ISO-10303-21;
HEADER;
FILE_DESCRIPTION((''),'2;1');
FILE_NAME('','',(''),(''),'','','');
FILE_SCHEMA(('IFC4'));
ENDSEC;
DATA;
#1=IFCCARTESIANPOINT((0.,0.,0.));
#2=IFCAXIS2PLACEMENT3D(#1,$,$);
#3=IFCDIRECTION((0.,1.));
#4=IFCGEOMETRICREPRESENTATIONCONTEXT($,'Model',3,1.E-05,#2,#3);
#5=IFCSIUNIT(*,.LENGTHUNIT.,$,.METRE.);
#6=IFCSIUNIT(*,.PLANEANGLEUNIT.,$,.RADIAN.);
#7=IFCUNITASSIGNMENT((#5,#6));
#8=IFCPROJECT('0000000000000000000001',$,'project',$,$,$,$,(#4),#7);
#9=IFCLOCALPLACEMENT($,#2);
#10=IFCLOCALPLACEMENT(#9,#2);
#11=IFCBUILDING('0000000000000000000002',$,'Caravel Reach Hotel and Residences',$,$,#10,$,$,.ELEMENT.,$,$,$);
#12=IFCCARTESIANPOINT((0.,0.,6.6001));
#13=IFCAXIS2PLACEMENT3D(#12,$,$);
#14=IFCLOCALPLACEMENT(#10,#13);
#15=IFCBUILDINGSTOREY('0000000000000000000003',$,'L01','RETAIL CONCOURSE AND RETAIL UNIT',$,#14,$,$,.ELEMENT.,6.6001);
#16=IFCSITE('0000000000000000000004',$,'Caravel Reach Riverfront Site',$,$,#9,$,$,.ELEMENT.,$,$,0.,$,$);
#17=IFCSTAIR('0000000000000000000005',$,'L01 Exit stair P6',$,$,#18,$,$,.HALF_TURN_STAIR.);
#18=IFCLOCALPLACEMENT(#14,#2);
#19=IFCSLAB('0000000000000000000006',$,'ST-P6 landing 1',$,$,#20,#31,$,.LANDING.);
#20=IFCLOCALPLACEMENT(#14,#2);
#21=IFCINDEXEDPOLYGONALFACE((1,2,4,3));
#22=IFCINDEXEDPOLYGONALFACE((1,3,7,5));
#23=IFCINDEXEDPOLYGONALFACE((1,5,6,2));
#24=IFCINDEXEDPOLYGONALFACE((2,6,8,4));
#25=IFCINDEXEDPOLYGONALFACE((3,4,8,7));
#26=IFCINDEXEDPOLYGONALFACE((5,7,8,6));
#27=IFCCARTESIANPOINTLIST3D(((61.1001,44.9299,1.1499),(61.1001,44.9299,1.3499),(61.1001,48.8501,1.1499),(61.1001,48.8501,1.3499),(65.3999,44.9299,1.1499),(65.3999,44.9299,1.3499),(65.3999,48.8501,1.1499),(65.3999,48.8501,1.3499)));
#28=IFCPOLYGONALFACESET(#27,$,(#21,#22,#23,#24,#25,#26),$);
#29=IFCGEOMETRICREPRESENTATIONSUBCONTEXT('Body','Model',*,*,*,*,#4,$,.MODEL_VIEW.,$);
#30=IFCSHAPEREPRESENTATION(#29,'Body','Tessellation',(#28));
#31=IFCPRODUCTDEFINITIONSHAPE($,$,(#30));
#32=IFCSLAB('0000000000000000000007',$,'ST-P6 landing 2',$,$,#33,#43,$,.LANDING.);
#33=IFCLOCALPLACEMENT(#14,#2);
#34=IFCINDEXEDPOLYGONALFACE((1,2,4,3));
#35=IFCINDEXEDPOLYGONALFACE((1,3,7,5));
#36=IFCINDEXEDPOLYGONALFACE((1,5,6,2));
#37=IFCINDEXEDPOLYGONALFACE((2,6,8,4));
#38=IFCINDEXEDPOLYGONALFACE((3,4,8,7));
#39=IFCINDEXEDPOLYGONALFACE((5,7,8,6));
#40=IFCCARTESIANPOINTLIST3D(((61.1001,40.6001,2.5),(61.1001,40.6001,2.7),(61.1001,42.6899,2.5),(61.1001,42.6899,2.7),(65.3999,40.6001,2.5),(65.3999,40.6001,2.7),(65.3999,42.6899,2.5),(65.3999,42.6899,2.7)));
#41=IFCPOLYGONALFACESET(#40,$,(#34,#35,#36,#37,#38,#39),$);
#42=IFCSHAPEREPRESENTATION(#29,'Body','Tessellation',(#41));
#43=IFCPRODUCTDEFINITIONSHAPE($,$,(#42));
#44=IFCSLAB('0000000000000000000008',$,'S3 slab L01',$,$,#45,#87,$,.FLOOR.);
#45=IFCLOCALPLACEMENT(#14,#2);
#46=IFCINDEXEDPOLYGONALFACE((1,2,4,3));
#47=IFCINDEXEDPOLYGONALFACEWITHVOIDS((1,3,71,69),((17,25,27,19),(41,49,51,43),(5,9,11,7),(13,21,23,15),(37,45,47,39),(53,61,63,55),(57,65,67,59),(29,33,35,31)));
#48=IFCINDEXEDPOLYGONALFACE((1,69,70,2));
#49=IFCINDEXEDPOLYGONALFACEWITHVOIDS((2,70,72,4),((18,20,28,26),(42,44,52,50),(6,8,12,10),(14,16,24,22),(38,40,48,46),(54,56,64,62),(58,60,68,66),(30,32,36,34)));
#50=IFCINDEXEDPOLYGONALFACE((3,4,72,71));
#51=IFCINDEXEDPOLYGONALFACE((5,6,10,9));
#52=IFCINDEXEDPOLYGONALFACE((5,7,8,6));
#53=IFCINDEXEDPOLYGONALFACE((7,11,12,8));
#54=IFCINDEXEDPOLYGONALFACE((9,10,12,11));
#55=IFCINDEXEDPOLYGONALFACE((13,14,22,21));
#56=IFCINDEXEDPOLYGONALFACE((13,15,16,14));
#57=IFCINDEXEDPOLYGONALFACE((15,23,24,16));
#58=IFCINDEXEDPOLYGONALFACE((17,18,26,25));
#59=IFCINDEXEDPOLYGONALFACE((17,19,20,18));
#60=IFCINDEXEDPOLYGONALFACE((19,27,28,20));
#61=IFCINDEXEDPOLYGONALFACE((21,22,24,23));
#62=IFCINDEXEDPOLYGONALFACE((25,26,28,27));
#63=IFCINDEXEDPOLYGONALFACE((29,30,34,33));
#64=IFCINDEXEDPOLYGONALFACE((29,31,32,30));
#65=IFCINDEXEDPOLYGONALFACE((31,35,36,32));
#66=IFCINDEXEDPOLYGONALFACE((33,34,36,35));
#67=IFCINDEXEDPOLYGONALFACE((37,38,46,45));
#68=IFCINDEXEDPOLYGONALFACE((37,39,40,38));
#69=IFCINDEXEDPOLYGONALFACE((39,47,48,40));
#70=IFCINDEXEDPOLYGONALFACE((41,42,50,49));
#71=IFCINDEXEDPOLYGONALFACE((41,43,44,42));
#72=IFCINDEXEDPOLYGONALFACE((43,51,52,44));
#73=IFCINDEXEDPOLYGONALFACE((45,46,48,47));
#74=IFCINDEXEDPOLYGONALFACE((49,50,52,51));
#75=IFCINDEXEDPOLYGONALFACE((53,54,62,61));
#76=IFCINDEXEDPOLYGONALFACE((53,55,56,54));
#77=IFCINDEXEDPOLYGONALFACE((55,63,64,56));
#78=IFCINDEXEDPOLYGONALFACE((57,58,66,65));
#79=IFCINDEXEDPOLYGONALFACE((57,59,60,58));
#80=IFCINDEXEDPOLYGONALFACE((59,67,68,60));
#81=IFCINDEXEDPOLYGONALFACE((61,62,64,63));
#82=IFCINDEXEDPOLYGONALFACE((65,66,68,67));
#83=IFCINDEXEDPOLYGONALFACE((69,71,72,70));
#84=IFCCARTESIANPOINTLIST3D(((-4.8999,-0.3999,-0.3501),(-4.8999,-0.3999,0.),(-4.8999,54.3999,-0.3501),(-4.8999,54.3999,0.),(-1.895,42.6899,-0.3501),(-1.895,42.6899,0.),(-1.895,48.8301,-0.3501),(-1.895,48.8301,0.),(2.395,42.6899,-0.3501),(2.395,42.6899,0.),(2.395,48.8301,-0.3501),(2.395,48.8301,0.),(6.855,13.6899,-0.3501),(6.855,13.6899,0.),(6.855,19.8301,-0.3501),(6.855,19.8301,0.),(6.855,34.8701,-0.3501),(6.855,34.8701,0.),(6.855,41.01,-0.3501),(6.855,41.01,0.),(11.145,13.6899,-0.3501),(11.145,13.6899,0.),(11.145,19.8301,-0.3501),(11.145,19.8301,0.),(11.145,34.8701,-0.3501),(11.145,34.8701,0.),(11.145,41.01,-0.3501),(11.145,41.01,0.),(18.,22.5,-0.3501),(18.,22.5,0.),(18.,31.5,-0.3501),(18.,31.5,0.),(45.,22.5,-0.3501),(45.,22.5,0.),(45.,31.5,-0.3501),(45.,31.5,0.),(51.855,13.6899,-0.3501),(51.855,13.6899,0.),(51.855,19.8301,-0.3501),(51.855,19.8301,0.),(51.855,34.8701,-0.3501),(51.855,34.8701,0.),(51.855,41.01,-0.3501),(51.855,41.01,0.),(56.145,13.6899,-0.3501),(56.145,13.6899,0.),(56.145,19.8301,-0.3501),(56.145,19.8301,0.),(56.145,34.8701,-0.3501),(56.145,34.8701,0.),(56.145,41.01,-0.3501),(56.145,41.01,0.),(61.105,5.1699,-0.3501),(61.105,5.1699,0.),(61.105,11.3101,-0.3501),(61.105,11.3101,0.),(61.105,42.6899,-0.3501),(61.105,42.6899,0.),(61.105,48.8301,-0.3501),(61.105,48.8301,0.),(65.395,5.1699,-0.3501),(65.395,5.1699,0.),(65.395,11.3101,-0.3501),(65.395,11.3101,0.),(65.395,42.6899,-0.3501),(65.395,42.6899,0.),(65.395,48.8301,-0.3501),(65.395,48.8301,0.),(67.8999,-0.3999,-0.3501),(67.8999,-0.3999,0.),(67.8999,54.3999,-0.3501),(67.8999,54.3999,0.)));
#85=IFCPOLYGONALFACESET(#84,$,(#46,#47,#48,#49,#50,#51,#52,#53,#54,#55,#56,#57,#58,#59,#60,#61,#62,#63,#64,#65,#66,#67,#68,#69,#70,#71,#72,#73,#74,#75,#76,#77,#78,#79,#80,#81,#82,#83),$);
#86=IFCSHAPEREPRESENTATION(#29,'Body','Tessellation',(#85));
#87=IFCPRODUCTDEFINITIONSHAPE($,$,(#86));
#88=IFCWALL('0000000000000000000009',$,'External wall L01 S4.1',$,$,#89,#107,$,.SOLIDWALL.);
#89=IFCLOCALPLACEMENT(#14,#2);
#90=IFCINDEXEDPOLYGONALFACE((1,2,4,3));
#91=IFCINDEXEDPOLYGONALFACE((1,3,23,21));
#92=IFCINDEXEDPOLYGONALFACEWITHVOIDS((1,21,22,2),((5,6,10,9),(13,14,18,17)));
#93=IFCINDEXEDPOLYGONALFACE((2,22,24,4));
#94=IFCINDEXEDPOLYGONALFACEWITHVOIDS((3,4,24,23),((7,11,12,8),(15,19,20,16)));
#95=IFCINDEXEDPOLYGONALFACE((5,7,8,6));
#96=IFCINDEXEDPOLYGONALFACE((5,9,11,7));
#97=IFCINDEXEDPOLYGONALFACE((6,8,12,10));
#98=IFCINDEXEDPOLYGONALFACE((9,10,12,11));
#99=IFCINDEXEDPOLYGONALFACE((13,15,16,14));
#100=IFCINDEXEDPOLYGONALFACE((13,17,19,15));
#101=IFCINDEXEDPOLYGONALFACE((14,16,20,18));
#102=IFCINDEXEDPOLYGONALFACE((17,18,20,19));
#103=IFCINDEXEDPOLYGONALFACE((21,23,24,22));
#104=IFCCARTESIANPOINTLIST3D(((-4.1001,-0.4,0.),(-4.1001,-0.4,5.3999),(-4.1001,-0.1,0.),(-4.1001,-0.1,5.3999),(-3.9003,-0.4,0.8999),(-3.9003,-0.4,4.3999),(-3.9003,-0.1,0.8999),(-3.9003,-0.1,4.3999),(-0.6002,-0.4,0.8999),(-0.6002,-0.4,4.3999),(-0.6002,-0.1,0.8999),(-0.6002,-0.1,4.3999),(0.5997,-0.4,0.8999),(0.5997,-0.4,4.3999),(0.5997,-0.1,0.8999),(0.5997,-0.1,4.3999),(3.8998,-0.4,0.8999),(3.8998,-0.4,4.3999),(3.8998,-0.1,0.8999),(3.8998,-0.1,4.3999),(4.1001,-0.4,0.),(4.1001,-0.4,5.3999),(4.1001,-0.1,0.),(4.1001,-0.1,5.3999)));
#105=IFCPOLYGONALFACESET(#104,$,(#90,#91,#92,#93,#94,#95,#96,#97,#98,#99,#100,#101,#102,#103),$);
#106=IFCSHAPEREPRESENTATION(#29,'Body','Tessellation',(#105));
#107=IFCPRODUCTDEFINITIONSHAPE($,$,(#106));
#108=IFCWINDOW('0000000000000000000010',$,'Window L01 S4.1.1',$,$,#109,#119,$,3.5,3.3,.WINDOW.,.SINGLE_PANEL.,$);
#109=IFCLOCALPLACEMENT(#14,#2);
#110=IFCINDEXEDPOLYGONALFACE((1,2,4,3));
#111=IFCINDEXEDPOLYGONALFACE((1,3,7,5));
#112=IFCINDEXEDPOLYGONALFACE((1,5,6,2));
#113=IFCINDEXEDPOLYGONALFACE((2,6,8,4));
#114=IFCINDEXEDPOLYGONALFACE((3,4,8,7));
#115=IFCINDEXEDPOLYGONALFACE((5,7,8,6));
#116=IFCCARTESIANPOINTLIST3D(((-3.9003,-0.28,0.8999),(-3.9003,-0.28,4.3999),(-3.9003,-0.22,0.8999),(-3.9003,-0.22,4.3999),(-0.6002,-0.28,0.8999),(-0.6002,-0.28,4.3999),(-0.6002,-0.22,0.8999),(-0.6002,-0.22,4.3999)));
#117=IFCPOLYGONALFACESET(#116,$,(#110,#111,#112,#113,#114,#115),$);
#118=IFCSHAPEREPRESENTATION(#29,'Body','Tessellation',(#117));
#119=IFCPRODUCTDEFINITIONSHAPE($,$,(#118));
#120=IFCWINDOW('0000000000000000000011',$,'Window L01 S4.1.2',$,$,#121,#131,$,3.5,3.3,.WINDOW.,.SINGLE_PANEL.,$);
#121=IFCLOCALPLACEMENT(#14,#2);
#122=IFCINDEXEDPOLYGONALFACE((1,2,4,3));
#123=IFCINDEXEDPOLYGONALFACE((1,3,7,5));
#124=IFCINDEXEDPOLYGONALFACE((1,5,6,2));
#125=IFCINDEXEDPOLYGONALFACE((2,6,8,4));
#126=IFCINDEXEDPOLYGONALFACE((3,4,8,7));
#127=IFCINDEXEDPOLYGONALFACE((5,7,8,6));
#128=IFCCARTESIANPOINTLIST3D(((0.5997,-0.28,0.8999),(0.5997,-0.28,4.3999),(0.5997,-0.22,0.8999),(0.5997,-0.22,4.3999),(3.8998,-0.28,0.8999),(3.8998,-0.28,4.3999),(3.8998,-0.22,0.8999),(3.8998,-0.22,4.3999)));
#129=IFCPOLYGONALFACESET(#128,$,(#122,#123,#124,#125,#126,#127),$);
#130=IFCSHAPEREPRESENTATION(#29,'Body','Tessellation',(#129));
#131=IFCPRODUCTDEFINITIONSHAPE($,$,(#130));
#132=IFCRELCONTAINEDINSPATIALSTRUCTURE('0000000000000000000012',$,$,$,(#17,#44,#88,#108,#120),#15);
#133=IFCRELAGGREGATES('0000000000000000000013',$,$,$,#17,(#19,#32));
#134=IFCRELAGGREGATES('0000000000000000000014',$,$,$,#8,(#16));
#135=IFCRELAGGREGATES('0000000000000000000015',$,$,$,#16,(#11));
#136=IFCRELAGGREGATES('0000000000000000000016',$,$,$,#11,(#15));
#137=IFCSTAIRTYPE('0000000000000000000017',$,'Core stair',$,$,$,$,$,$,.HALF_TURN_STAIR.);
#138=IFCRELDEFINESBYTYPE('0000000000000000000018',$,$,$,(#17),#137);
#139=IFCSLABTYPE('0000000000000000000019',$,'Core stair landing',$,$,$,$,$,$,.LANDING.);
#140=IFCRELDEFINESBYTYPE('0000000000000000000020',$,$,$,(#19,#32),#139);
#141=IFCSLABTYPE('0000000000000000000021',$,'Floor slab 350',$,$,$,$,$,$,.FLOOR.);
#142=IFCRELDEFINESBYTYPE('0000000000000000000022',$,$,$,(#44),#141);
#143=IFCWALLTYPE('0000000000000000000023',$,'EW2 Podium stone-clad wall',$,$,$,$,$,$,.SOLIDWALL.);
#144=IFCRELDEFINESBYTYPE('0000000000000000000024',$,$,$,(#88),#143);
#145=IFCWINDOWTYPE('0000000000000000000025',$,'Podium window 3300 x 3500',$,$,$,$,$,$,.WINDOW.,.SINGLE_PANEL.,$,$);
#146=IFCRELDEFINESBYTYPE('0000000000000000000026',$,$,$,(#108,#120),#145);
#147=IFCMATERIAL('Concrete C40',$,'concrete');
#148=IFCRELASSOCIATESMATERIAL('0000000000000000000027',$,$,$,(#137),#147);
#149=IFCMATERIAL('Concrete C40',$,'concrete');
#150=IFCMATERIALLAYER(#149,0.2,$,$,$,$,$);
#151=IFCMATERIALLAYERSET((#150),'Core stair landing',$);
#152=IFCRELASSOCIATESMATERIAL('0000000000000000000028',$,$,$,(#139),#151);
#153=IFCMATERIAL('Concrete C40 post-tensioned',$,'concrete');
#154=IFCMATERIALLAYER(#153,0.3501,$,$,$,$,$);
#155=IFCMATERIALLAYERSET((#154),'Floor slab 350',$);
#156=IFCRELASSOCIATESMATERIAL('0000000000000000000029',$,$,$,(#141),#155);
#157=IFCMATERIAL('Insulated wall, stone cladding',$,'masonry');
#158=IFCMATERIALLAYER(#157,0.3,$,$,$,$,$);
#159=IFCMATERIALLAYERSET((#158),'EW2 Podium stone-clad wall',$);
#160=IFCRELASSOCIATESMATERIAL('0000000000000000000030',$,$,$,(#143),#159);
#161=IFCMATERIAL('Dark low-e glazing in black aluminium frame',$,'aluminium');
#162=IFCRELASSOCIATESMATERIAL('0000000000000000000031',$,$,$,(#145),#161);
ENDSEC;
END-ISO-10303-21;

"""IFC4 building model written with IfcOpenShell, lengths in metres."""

from ifc_helpers import new_model, si_unit, direction, frame, frame_2d, origin, place, context, subcontext, project, spatial, polyline, rectangle, outline, extrude, material, layer, layer_set, type_object, element, fill, aggregate, save


model = new_model("IFC4")

# Units and contexts
model_context = context("Model", 3, precision=1e-05, world=origin(), true_north=direction((0.0, 1.0)))
body_context = subcontext(model_context, "Body", "Model", "MODEL_VIEW")
ifc_project = project(units=[si_unit("LENGTHUNIT", "METRE"), si_unit("PLANEANGLEUNIT", "RADIAN")], contexts=[model_context])

# Site, building, storey
site_placement = place(None, origin())
site = spatial("IfcSite", under=ifc_project, at=site_placement, Name="Caravel Reach Riverfront Site", CompositionType="ELEMENT", RefElevation=0.0)
building_placement = place(site_placement, origin())
building = spatial("IfcBuilding", under=site, at=building_placement, Name="Caravel Reach Hotel and Residences", CompositionType="ELEMENT")
storey_placement = place(building_placement, frame((0.0, 0.0, 6.6001)))
storey = spatial("IfcBuildingStorey", under=building, at=storey_placement, Name="L01", Description="RETAIL CONCOURSE AND RETAIL UNIT", CompositionType="ELEMENT", Elevation=6.6001)

# Shared definitions
ifc_material_1 = material(Name="Concrete C40", Category="concrete")
stair_type = type_object("IfcStairType", Name="Core stair", PredefinedType="HALF_TURN_STAIR", material=ifc_material_1)
ifc_material_2 = material(Name="Concrete C40", Category="concrete")
ifc_layer_1 = layer(ifc_material_2, 0.2)
ifc_layer_set_1 = layer_set([ifc_layer_1], Name="Core stair landing")
slab_type_1 = type_object("IfcSlabType", Name="Core stair landing", PredefinedType="LANDING", material=ifc_layer_set_1)

# Stair, slabs
stair_1_placement = place(storey_placement, origin())
stair_1 = element("IfcStair", 1, at=stair_1_placement, inside=storey, type_object=stair_type, Name="L01 Exit stair P6", PredefinedType="HALF_TURN_STAIR")
slab_1_placement = place(storey_placement, frame((0.0, 0.0, 1.1499)))
slab_1 = element("IfcSlab", 2, at=slab_1_placement, type_object=slab_type_1, Name="ST-P6 landing 1", PredefinedType="LANDING", context=body_context, shape_type="SweptSolid", body=[
    extrude(outline(polyline([(65.3999, 44.9299), (65.3999, 48.8501), (61.1001, 48.8501), (61.1001, 44.9299), (65.3999, 44.9299)])), origin(), (0.0, 0.0, 1.0), 0.2),
])
slab_2_placement = place(storey_placement, frame((0.0, 0.0, 2.5)))
slab_2 = element("IfcSlab", 3, at=slab_2_placement, type_object=slab_type_1, Name="ST-P6 landing 2", PredefinedType="LANDING", context=body_context, shape_type="SweptSolid", body=[
    extrude(outline(polyline([(65.3999, 40.6001), (65.3999, 42.6899), (61.1001, 42.6899), (61.1001, 40.6001), (65.3999, 40.6001)])), origin(), (0.0, 0.0, 1.0), 0.2),
])
aggregate(stair_1, [slab_1, slab_2])

# Slab
ifc_material_3 = material(Name="Concrete C40 post-tensioned", Category="concrete")
ifc_layer_2 = layer(ifc_material_3, 0.3501)
ifc_layer_set_2 = layer_set([ifc_layer_2], Name="Floor slab 350")
slab_type_2 = type_object("IfcSlabType", Name="Floor slab 350", PredefinedType="FLOOR", material=ifc_layer_set_2)
slab_3_placement = place(storey_placement, frame((0.0, 0.0, -0.3501)))
element("IfcSlab", 4, at=slab_3_placement, inside=storey, type_object=slab_type_2, Name="S3 slab L01", PredefinedType="FLOOR", context=body_context, shape_type="SweptSolid", body=[
    extrude(outline(polyline([(-4.8999, -0.3999), (-4.8999, 54.3999), (67.8999, 54.3999), (67.8999, -0.3999), (-4.8999, -0.3999)]), holes=[polyline([(45.0, 22.5), (45.0, 31.5), (18.0, 31.5), (18.0, 22.5), (45.0, 22.5)]), polyline([(11.145, 41.01), (6.855, 41.01), (6.855, 34.8701), (11.145, 34.8701), (11.145, 41.01)]), polyline([(56.145, 34.8701), (56.145, 41.01), (51.855, 41.01), (51.855, 34.8701), (56.145, 34.8701)]), polyline([(11.145, 19.8301), (6.855, 19.8301), (6.855, 13.6899), (11.145, 13.6899), (11.145, 19.8301)]), polyline([(56.145, 13.6899), (56.145, 19.8301), (51.855, 19.8301), (51.855, 13.6899), (56.145, 13.6899)]), polyline([(-1.895, 42.6899), (2.395, 42.6899), (2.395, 48.8301), (-1.895, 48.8301), (-1.895, 42.6899)]), polyline([(61.105, 48.8301), (61.105, 42.6899), (65.395, 42.6899), (65.395, 48.8301), (61.105, 48.8301)]), polyline([(61.105, 5.1699), (65.395, 5.1699), (65.395, 11.3101), (61.105, 11.3101), (61.105, 5.1699)])]), origin(), (0.0, 0.0, 1.0), 0.3501),
])

# Wall, openings, windows
ifc_material_4 = material(Name="Insulated wall, stone cladding", Category="masonry")
ifc_layer_3 = layer(ifc_material_4, 0.3)
ifc_layer_set_3 = layer_set([ifc_layer_3], Name="EW2 Podium stone-clad wall")
wall_type_1 = type_object("IfcWallType", Name="EW2 Podium stone-clad wall", PredefinedType="SOLIDWALL", material=ifc_layer_set_3)
wall_1_placement = place(storey_placement, frame((-4.1001, -0.25, 0.0), z_axis=(0.0, 0.0, 1.0), x_axis=(1.0, 0.0, 0.0)))
wall_1 = element("IfcWall", 5, at=wall_1_placement, inside=storey, type_object=wall_type_1, Name="External wall L01 S4.1", PredefinedType="SOLIDWALL", context=body_context, shape_type="SweptSolid", body=[
    extrude(rectangle(XDim=8.2002, YDim=0.3, at=frame_2d((4.1001, 0.0))), origin(), (0.0, 0.0, 1.0), 5.3999),
])
opening_1_placement = place(wall_1_placement, frame((0.2, 0.0, 0.8999)))
opening_1 = element("IfcOpeningElement", 6, at=opening_1_placement, cuts=wall_1, PredefinedType="OPENING", context=body_context, shape_type="SweptSolid", body=[
    extrude(rectangle(XDim=3.3, YDim=3.5, at=frame_2d((1.6499, 1.75))), frame((0.0, 0.1599, 0.0), z_axis=(0.0, -1.0, 0.0), x_axis=(1.0, 0.0, 0.0)), (0.0, 0.0, 1.0), 0.3201),
])
opening_2_placement = place(wall_1_placement, frame((4.7, 0.0, 0.8999)))
opening_2 = element("IfcOpeningElement", 7, at=opening_2_placement, cuts=wall_1, PredefinedType="OPENING", context=body_context, shape_type="SweptSolid", body=[
    extrude(rectangle(XDim=3.3, YDim=3.5, at=frame_2d((1.6499, 1.75))), frame((0.0, 0.1599, 0.0), z_axis=(0.0, -1.0, 0.0), x_axis=(1.0, 0.0, 0.0)), (0.0, 0.0, 1.0), 0.3201),
])
ifc_material_5 = material(Name="Dark low-e glazing in black aluminium frame", Category="aluminium")
window_type = type_object("IfcWindowType", Name="Podium window 3300 x 3500", PartitioningType="SINGLE_PANEL", PredefinedType="WINDOW", material=ifc_material_5)
window_1_placement = place(opening_1_placement, origin())
window_1 = element("IfcWindow", 8, at=window_1_placement, inside=storey, type_object=window_type, Name="Window L01 S4.1.1", OverallHeight=3.5, OverallWidth=3.3, PartitioningType="SINGLE_PANEL", PredefinedType="WINDOW", context=body_context, shape_type="SweptSolid", body=[
    extrude(rectangle(XDim=3.3, YDim=3.5, at=frame_2d((1.6499, 1.75))), frame((0.0, 0.03, 0.0), z_axis=(0.0, -1.0, 0.0), x_axis=(1.0, 0.0, 0.0)), (0.0, 0.0, 1.0), 0.0601),
])
fill(opening_1, window_1)
window_2_placement = place(opening_2_placement, origin())
window_2 = element("IfcWindow", 9, at=window_2_placement, inside=storey, type_object=window_type, Name="Window L01 S4.1.2", OverallHeight=3.5, OverallWidth=3.3, PartitioningType="SINGLE_PANEL", PredefinedType="WINDOW", context=body_context, shape_type="SweptSolid", body=[
    extrude(rectangle(XDim=3.3, YDim=3.5, at=frame_2d((1.6499, 1.75))), frame((0.0, 0.03, 0.0), z_axis=(0.0, -1.0, 0.0), x_axis=(1.0, 0.0, 0.0)), (0.0, 0.0, 1.0), 0.0601),
])
fill(opening_2, window_2)

save(model, "model.ifc")
